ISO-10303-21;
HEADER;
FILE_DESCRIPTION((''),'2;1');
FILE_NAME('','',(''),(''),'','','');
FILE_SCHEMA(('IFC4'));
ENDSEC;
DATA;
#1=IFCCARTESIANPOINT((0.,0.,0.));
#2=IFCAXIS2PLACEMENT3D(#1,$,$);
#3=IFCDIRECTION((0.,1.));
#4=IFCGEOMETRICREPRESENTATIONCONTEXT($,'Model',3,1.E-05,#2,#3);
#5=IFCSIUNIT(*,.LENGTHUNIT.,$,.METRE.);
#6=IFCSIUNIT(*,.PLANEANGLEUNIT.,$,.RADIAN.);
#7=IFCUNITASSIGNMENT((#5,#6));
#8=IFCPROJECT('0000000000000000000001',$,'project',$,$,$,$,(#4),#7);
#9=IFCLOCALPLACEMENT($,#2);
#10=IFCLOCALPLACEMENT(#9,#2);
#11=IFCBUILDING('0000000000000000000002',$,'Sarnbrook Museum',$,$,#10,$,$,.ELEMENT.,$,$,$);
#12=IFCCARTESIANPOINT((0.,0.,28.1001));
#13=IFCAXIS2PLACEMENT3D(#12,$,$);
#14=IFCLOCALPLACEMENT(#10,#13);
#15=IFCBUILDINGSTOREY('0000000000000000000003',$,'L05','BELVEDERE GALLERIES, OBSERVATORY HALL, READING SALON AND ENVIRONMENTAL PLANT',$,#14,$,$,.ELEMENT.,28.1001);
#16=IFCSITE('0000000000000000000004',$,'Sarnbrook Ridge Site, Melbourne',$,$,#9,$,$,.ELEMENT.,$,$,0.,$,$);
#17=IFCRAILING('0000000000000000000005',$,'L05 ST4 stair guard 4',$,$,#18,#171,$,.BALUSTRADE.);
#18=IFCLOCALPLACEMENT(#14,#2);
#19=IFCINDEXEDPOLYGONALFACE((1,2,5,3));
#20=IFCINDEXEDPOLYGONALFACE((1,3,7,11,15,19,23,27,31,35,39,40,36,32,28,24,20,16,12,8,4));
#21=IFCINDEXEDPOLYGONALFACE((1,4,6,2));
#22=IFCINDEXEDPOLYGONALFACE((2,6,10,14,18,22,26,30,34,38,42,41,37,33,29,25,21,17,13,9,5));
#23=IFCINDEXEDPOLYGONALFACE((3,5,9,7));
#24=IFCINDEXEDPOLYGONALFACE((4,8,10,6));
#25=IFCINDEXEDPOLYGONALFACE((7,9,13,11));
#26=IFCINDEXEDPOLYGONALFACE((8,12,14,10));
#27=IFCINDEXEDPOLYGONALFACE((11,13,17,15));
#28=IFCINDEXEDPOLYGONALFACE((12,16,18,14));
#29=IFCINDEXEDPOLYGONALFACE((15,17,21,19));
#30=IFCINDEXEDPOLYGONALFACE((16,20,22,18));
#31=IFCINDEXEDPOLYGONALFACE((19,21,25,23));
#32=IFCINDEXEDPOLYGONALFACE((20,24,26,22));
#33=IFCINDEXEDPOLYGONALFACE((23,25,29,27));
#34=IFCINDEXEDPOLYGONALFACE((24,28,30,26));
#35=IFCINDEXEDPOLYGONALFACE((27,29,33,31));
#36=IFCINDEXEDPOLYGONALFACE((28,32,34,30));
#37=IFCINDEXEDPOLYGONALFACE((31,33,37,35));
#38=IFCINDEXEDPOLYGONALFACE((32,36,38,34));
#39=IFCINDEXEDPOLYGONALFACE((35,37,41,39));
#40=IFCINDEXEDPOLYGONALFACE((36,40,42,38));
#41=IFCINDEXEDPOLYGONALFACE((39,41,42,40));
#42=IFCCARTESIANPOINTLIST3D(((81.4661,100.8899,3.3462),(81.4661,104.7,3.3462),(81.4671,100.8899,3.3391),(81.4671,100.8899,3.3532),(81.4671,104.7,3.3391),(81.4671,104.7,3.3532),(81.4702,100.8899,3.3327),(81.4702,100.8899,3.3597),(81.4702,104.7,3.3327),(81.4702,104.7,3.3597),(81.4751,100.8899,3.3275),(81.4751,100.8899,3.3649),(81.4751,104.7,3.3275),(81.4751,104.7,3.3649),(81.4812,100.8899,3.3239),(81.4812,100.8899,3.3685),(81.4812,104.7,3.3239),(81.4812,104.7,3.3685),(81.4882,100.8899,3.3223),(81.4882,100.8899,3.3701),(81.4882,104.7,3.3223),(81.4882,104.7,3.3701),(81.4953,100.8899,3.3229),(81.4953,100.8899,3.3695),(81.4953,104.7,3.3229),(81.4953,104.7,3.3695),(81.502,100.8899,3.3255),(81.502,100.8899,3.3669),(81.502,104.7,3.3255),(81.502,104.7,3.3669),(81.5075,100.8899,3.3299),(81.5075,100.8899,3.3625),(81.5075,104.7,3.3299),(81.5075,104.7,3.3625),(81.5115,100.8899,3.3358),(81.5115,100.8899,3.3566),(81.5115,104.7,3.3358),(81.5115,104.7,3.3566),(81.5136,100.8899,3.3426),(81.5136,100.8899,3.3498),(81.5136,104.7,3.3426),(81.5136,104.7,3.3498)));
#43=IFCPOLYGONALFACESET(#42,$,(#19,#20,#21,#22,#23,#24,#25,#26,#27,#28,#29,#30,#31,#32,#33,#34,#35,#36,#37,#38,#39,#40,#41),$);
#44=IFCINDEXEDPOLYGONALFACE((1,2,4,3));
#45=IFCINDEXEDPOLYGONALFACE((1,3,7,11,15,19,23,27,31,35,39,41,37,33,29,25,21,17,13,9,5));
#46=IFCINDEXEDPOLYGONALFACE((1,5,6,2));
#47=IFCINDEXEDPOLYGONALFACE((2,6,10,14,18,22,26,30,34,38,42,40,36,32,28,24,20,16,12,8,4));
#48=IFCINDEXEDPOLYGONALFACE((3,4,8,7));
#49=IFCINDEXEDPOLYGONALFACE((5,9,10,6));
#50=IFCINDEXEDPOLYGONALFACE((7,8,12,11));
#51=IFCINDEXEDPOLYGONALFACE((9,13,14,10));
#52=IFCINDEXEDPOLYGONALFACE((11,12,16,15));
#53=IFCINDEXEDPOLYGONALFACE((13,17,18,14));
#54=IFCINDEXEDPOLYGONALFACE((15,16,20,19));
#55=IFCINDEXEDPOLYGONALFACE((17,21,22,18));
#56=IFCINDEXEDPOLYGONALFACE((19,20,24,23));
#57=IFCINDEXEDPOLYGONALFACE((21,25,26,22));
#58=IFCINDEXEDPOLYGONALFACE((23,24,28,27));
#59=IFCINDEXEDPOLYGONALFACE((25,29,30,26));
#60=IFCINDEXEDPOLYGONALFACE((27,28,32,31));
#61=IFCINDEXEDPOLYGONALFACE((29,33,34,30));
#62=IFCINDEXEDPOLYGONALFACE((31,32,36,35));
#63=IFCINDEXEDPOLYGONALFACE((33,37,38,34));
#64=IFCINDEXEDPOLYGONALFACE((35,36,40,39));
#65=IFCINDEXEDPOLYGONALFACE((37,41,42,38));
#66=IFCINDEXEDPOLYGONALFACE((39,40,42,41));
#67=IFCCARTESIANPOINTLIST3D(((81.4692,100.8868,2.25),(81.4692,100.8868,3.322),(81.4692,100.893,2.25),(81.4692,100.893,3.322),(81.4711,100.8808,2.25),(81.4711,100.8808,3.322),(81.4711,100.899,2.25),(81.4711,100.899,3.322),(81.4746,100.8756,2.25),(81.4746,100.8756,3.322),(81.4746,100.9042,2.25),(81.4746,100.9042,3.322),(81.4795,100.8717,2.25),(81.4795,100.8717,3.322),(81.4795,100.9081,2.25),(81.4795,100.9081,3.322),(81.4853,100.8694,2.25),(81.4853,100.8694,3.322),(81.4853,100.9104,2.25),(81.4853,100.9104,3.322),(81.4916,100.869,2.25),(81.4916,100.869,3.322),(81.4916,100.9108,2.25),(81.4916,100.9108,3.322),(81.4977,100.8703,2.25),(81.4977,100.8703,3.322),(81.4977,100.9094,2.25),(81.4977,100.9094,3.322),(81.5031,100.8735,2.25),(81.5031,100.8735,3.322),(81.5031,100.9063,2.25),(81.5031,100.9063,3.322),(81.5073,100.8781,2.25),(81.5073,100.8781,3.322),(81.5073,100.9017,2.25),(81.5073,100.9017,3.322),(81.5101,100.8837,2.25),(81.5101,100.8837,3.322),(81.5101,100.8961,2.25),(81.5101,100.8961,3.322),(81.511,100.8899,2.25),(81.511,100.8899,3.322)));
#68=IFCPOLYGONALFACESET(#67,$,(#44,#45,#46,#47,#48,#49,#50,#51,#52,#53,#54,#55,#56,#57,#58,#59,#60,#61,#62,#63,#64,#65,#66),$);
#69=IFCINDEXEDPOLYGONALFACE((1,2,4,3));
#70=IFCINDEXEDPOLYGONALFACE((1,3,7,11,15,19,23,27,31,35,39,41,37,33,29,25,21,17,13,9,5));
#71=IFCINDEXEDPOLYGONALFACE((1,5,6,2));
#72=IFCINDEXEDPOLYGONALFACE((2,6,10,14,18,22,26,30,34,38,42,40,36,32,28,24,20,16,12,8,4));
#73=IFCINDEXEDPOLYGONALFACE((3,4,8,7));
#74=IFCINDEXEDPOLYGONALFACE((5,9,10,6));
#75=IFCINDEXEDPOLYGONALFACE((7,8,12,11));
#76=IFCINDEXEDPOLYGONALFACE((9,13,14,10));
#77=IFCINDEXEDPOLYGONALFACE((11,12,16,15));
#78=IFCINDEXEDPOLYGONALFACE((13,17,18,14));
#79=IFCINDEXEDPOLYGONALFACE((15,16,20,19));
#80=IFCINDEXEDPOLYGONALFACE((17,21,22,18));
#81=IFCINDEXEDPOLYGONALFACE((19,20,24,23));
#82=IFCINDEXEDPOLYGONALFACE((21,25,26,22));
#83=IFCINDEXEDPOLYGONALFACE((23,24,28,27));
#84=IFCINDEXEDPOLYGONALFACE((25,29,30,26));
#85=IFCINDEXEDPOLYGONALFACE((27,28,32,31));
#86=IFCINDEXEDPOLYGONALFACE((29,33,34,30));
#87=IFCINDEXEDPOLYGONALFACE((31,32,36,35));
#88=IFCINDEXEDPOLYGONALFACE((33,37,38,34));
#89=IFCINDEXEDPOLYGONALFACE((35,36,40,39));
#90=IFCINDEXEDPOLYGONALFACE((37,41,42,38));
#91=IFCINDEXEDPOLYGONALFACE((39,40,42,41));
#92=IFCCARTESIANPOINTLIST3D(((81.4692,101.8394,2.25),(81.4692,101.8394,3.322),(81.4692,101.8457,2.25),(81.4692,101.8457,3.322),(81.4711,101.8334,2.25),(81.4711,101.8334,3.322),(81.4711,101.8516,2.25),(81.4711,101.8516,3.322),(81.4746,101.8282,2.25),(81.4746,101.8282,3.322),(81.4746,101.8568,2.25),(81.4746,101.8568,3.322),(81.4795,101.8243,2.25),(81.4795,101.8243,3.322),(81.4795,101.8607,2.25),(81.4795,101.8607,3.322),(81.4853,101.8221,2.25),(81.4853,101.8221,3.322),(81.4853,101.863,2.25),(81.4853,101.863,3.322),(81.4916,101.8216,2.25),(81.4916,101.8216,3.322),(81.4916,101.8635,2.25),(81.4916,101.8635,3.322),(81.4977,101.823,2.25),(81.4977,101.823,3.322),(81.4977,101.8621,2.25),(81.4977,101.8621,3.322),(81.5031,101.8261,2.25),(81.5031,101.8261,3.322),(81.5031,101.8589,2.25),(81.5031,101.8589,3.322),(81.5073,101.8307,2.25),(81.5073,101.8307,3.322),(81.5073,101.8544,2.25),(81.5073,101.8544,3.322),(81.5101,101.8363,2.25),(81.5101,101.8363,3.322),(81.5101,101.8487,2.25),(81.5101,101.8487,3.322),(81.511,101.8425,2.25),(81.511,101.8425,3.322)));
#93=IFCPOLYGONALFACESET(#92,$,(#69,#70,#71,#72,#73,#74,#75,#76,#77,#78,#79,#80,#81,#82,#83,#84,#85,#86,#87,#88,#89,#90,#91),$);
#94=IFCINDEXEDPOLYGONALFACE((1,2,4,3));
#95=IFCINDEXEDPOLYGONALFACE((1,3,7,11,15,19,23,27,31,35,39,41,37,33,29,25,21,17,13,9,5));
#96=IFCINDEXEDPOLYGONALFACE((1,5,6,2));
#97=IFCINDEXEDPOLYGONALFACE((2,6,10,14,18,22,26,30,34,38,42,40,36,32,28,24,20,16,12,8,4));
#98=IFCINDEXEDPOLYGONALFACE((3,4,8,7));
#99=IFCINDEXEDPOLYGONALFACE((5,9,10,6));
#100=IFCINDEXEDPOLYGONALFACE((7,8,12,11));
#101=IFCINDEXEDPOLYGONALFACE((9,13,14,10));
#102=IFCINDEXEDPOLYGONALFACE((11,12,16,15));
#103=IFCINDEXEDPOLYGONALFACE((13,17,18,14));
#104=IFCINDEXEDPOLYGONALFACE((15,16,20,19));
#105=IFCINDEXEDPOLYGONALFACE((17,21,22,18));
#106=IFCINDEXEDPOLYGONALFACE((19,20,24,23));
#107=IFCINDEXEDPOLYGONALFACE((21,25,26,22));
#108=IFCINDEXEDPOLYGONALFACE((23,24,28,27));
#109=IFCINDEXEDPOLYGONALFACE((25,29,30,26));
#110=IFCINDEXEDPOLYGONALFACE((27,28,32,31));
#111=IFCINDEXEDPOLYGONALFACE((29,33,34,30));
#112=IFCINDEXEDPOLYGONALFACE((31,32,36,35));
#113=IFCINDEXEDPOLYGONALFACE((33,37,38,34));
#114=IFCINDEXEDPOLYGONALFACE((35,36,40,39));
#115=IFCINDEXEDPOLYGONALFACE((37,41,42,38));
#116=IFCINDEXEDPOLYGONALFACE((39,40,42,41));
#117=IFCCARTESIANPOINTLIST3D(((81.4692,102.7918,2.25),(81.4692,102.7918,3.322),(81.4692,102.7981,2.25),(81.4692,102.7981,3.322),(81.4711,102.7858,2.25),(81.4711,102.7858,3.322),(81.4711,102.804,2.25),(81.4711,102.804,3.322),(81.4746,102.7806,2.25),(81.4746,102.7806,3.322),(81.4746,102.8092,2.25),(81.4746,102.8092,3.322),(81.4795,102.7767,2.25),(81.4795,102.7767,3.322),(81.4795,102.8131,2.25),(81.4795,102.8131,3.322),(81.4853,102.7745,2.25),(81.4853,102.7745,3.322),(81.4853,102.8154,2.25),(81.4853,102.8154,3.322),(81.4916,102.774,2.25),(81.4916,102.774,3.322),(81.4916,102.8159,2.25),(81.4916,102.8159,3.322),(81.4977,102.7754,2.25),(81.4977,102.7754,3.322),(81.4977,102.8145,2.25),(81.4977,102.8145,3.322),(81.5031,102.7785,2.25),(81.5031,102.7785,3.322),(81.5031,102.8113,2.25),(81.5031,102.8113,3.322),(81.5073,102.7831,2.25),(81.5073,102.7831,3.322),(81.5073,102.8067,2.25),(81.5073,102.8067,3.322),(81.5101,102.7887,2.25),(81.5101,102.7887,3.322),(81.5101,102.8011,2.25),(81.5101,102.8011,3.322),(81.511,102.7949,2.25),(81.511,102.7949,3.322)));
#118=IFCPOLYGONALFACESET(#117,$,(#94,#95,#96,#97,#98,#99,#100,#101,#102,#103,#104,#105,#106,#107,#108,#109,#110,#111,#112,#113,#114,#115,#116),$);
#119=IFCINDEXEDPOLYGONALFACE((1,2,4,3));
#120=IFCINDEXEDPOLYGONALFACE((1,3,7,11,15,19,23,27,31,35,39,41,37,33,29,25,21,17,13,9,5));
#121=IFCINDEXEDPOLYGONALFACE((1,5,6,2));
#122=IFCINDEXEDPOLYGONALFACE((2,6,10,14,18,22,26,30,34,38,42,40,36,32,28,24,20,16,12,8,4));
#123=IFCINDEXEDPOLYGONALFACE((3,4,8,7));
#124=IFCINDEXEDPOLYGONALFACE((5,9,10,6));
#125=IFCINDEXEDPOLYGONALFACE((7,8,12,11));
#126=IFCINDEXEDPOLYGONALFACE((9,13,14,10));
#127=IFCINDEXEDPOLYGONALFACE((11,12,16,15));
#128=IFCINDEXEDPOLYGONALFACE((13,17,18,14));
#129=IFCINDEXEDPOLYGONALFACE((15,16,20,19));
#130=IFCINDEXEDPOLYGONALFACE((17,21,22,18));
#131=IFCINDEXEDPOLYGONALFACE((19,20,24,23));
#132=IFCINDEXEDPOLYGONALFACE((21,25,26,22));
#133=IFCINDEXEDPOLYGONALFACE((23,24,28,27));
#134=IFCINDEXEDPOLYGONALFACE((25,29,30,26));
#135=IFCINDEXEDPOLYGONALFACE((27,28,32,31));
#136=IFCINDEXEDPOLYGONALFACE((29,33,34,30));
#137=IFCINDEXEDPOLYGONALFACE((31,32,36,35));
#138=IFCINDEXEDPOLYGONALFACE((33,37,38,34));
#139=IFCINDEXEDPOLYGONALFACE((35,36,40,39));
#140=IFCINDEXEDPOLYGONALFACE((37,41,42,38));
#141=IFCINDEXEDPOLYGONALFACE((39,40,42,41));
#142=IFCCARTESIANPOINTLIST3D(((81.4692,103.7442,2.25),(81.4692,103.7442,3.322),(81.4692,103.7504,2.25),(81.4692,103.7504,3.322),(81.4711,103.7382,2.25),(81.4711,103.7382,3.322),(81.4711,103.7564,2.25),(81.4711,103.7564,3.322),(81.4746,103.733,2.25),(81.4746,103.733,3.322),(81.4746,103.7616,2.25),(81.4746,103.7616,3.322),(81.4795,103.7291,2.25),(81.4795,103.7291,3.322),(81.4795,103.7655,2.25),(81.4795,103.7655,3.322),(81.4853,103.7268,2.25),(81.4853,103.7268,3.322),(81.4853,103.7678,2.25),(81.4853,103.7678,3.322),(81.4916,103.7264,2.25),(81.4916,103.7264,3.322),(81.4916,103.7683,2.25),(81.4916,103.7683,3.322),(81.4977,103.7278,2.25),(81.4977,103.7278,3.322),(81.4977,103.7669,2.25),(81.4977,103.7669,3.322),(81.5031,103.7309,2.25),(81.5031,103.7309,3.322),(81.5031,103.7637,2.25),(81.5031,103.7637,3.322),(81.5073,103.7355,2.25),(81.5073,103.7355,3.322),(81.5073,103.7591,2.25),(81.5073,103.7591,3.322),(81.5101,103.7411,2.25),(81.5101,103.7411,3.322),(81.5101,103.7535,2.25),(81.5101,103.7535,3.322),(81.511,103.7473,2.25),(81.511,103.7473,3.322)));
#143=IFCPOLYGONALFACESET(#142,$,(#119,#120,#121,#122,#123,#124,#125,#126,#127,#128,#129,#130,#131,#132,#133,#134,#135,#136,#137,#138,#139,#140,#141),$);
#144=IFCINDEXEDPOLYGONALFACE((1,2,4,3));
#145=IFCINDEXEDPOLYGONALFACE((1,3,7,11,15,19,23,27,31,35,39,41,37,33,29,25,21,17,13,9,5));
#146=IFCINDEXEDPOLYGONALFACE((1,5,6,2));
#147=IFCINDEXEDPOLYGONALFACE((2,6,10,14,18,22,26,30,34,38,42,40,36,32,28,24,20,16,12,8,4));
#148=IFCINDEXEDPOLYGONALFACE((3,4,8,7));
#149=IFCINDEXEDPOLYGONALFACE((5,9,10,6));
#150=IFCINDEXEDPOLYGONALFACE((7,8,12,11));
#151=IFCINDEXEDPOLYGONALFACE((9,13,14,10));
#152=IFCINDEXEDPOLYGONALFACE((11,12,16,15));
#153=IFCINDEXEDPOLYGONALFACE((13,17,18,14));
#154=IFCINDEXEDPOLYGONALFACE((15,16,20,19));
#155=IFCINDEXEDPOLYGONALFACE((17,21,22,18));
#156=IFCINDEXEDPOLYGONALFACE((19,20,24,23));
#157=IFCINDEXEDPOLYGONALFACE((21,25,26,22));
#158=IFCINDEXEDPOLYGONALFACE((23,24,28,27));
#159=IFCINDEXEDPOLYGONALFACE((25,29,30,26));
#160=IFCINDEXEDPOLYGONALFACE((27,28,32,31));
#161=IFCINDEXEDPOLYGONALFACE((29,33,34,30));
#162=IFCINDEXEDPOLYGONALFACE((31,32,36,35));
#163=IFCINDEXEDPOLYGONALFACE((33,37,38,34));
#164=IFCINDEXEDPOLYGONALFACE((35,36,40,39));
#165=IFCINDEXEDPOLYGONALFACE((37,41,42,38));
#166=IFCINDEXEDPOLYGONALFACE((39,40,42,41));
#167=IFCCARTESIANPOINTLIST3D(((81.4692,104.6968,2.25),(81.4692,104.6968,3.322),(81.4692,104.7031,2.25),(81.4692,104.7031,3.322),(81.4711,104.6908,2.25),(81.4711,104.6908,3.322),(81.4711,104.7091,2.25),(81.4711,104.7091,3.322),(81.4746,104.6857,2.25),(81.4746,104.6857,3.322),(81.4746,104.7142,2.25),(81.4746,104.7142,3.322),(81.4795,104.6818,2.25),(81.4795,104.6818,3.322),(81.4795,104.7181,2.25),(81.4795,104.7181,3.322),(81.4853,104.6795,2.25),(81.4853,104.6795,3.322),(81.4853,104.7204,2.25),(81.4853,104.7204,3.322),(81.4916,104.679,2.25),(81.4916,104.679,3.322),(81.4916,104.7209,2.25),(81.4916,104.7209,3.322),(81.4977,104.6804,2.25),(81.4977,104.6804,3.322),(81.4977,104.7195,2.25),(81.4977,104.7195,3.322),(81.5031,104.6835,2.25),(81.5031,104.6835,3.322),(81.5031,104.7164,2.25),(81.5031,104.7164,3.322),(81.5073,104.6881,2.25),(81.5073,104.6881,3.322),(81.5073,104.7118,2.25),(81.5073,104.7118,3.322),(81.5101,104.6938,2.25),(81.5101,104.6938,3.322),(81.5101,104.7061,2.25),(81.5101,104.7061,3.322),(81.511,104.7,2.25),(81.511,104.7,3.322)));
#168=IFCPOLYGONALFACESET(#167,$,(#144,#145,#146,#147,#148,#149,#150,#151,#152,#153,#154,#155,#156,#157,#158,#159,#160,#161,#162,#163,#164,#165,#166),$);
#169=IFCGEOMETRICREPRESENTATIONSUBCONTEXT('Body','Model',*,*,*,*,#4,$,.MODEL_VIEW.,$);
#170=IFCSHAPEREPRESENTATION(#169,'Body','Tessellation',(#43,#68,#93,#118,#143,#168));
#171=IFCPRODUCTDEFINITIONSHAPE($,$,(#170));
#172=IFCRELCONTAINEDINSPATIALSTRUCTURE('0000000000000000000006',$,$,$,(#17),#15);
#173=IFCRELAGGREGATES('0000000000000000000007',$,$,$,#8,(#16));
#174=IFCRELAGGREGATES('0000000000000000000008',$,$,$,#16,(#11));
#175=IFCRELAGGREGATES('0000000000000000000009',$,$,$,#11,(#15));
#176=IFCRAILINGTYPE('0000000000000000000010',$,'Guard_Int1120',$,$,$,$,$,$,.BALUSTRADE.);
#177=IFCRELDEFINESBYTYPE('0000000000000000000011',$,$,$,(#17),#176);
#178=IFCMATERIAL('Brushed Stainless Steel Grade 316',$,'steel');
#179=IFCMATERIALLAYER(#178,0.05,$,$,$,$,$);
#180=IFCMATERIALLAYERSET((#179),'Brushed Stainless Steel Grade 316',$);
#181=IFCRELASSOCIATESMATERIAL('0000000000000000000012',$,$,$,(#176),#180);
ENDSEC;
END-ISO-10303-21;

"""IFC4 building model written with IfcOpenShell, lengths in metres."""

from ifc_helpers import new_model, si_unit, direction, frame, origin, origin_2d, place, context, subcontext, project, spatial, circle, extrude, material, layer, layer_set, type_object, element, save


model = new_model("IFC4")

# Units and contexts
model_context = context("Model", 3, precision=1e-05, world=origin(), true_north=direction((0.0, 1.0)))
body_context = subcontext(model_context, "Body", "Model", "MODEL_VIEW")
ifc_project = project(units=[si_unit("LENGTHUNIT", "METRE"), si_unit("PLANEANGLEUNIT", "RADIAN")], contexts=[model_context])

# Site, building, storey
site_placement = place(None, origin())
site = spatial("IfcSite", under=ifc_project, at=site_placement, Name="Sarnbrook Ridge Site, Melbourne", CompositionType="ELEMENT", RefElevation=0.0)
building_placement = place(site_placement, origin())
building = spatial("IfcBuilding", under=site, at=building_placement, Name="Sarnbrook Museum", CompositionType="ELEMENT")
storey_placement = place(building_placement, frame((0.0, 0.0, 28.1001)))
storey = spatial("IfcBuildingStorey", under=building, at=storey_placement, Name="L05", Description="BELVEDERE GALLERIES, OBSERVATORY HALL, READING SALON AND ENVIRONMENTAL PLANT", CompositionType="ELEMENT", Elevation=28.1001)

# Shared definitions
ifc_material_1 = material(Name="Brushed Stainless Steel Grade 316", Category="steel")

# Railing
ifc_layer_1 = layer(ifc_material_1, 0.05)
ifc_layer_set_1 = layer_set([ifc_layer_1], Name="Brushed Stainless Steel Grade 316")
railing_type_1 = type_object("IfcRailingType", Name="Guard_Int1120", PredefinedType="BALUSTRADE", material=ifc_layer_set_1)
for number, where, name in (
    (1, (81.49, 100.8899, 2.25), "L05 ST4 stair guard 4"),
):
    element("IfcRailing", number, at=place(storey_placement, frame(where)), inside=storey, type_object=railing_type_1, Name=name, PredefinedType="BALUSTRADE", context=body_context, shape_type="SweptSolid", body=[
        extrude(circle(Radius=0.0239, at=origin_2d()), frame((0.0, 0.0, 1.0962), z_axis=(0.0, 1.0, 0.0), x_axis=(-1.0, 0.0, 0.0)), (0.0, 0.0, 1.0), 3.8101),
        extrude(circle(Radius=0.021, at=origin_2d()), origin(), (0.0, 0.0, 1.0), 1.072),
        extrude(circle(Radius=0.021, at=origin_2d()), frame((0.0, 0.9526, 0.0)), (0.0, 0.0, 1.0), 1.072),
        extrude(circle(Radius=0.021, at=origin_2d()), frame((0.0, 1.905, 0.0)), (0.0, 0.0, 1.0), 1.072),
        extrude(circle(Radius=0.021, at=origin_2d()), frame((0.0, 2.8574, 0.0)), (0.0, 0.0, 1.0), 1.072),
        extrude(circle(Radius=0.021, at=origin_2d()), frame((0.0, 3.8101, 0.0)), (0.0, 0.0, 1.0), 1.072),
    ])

save(model, "model.ifc")
